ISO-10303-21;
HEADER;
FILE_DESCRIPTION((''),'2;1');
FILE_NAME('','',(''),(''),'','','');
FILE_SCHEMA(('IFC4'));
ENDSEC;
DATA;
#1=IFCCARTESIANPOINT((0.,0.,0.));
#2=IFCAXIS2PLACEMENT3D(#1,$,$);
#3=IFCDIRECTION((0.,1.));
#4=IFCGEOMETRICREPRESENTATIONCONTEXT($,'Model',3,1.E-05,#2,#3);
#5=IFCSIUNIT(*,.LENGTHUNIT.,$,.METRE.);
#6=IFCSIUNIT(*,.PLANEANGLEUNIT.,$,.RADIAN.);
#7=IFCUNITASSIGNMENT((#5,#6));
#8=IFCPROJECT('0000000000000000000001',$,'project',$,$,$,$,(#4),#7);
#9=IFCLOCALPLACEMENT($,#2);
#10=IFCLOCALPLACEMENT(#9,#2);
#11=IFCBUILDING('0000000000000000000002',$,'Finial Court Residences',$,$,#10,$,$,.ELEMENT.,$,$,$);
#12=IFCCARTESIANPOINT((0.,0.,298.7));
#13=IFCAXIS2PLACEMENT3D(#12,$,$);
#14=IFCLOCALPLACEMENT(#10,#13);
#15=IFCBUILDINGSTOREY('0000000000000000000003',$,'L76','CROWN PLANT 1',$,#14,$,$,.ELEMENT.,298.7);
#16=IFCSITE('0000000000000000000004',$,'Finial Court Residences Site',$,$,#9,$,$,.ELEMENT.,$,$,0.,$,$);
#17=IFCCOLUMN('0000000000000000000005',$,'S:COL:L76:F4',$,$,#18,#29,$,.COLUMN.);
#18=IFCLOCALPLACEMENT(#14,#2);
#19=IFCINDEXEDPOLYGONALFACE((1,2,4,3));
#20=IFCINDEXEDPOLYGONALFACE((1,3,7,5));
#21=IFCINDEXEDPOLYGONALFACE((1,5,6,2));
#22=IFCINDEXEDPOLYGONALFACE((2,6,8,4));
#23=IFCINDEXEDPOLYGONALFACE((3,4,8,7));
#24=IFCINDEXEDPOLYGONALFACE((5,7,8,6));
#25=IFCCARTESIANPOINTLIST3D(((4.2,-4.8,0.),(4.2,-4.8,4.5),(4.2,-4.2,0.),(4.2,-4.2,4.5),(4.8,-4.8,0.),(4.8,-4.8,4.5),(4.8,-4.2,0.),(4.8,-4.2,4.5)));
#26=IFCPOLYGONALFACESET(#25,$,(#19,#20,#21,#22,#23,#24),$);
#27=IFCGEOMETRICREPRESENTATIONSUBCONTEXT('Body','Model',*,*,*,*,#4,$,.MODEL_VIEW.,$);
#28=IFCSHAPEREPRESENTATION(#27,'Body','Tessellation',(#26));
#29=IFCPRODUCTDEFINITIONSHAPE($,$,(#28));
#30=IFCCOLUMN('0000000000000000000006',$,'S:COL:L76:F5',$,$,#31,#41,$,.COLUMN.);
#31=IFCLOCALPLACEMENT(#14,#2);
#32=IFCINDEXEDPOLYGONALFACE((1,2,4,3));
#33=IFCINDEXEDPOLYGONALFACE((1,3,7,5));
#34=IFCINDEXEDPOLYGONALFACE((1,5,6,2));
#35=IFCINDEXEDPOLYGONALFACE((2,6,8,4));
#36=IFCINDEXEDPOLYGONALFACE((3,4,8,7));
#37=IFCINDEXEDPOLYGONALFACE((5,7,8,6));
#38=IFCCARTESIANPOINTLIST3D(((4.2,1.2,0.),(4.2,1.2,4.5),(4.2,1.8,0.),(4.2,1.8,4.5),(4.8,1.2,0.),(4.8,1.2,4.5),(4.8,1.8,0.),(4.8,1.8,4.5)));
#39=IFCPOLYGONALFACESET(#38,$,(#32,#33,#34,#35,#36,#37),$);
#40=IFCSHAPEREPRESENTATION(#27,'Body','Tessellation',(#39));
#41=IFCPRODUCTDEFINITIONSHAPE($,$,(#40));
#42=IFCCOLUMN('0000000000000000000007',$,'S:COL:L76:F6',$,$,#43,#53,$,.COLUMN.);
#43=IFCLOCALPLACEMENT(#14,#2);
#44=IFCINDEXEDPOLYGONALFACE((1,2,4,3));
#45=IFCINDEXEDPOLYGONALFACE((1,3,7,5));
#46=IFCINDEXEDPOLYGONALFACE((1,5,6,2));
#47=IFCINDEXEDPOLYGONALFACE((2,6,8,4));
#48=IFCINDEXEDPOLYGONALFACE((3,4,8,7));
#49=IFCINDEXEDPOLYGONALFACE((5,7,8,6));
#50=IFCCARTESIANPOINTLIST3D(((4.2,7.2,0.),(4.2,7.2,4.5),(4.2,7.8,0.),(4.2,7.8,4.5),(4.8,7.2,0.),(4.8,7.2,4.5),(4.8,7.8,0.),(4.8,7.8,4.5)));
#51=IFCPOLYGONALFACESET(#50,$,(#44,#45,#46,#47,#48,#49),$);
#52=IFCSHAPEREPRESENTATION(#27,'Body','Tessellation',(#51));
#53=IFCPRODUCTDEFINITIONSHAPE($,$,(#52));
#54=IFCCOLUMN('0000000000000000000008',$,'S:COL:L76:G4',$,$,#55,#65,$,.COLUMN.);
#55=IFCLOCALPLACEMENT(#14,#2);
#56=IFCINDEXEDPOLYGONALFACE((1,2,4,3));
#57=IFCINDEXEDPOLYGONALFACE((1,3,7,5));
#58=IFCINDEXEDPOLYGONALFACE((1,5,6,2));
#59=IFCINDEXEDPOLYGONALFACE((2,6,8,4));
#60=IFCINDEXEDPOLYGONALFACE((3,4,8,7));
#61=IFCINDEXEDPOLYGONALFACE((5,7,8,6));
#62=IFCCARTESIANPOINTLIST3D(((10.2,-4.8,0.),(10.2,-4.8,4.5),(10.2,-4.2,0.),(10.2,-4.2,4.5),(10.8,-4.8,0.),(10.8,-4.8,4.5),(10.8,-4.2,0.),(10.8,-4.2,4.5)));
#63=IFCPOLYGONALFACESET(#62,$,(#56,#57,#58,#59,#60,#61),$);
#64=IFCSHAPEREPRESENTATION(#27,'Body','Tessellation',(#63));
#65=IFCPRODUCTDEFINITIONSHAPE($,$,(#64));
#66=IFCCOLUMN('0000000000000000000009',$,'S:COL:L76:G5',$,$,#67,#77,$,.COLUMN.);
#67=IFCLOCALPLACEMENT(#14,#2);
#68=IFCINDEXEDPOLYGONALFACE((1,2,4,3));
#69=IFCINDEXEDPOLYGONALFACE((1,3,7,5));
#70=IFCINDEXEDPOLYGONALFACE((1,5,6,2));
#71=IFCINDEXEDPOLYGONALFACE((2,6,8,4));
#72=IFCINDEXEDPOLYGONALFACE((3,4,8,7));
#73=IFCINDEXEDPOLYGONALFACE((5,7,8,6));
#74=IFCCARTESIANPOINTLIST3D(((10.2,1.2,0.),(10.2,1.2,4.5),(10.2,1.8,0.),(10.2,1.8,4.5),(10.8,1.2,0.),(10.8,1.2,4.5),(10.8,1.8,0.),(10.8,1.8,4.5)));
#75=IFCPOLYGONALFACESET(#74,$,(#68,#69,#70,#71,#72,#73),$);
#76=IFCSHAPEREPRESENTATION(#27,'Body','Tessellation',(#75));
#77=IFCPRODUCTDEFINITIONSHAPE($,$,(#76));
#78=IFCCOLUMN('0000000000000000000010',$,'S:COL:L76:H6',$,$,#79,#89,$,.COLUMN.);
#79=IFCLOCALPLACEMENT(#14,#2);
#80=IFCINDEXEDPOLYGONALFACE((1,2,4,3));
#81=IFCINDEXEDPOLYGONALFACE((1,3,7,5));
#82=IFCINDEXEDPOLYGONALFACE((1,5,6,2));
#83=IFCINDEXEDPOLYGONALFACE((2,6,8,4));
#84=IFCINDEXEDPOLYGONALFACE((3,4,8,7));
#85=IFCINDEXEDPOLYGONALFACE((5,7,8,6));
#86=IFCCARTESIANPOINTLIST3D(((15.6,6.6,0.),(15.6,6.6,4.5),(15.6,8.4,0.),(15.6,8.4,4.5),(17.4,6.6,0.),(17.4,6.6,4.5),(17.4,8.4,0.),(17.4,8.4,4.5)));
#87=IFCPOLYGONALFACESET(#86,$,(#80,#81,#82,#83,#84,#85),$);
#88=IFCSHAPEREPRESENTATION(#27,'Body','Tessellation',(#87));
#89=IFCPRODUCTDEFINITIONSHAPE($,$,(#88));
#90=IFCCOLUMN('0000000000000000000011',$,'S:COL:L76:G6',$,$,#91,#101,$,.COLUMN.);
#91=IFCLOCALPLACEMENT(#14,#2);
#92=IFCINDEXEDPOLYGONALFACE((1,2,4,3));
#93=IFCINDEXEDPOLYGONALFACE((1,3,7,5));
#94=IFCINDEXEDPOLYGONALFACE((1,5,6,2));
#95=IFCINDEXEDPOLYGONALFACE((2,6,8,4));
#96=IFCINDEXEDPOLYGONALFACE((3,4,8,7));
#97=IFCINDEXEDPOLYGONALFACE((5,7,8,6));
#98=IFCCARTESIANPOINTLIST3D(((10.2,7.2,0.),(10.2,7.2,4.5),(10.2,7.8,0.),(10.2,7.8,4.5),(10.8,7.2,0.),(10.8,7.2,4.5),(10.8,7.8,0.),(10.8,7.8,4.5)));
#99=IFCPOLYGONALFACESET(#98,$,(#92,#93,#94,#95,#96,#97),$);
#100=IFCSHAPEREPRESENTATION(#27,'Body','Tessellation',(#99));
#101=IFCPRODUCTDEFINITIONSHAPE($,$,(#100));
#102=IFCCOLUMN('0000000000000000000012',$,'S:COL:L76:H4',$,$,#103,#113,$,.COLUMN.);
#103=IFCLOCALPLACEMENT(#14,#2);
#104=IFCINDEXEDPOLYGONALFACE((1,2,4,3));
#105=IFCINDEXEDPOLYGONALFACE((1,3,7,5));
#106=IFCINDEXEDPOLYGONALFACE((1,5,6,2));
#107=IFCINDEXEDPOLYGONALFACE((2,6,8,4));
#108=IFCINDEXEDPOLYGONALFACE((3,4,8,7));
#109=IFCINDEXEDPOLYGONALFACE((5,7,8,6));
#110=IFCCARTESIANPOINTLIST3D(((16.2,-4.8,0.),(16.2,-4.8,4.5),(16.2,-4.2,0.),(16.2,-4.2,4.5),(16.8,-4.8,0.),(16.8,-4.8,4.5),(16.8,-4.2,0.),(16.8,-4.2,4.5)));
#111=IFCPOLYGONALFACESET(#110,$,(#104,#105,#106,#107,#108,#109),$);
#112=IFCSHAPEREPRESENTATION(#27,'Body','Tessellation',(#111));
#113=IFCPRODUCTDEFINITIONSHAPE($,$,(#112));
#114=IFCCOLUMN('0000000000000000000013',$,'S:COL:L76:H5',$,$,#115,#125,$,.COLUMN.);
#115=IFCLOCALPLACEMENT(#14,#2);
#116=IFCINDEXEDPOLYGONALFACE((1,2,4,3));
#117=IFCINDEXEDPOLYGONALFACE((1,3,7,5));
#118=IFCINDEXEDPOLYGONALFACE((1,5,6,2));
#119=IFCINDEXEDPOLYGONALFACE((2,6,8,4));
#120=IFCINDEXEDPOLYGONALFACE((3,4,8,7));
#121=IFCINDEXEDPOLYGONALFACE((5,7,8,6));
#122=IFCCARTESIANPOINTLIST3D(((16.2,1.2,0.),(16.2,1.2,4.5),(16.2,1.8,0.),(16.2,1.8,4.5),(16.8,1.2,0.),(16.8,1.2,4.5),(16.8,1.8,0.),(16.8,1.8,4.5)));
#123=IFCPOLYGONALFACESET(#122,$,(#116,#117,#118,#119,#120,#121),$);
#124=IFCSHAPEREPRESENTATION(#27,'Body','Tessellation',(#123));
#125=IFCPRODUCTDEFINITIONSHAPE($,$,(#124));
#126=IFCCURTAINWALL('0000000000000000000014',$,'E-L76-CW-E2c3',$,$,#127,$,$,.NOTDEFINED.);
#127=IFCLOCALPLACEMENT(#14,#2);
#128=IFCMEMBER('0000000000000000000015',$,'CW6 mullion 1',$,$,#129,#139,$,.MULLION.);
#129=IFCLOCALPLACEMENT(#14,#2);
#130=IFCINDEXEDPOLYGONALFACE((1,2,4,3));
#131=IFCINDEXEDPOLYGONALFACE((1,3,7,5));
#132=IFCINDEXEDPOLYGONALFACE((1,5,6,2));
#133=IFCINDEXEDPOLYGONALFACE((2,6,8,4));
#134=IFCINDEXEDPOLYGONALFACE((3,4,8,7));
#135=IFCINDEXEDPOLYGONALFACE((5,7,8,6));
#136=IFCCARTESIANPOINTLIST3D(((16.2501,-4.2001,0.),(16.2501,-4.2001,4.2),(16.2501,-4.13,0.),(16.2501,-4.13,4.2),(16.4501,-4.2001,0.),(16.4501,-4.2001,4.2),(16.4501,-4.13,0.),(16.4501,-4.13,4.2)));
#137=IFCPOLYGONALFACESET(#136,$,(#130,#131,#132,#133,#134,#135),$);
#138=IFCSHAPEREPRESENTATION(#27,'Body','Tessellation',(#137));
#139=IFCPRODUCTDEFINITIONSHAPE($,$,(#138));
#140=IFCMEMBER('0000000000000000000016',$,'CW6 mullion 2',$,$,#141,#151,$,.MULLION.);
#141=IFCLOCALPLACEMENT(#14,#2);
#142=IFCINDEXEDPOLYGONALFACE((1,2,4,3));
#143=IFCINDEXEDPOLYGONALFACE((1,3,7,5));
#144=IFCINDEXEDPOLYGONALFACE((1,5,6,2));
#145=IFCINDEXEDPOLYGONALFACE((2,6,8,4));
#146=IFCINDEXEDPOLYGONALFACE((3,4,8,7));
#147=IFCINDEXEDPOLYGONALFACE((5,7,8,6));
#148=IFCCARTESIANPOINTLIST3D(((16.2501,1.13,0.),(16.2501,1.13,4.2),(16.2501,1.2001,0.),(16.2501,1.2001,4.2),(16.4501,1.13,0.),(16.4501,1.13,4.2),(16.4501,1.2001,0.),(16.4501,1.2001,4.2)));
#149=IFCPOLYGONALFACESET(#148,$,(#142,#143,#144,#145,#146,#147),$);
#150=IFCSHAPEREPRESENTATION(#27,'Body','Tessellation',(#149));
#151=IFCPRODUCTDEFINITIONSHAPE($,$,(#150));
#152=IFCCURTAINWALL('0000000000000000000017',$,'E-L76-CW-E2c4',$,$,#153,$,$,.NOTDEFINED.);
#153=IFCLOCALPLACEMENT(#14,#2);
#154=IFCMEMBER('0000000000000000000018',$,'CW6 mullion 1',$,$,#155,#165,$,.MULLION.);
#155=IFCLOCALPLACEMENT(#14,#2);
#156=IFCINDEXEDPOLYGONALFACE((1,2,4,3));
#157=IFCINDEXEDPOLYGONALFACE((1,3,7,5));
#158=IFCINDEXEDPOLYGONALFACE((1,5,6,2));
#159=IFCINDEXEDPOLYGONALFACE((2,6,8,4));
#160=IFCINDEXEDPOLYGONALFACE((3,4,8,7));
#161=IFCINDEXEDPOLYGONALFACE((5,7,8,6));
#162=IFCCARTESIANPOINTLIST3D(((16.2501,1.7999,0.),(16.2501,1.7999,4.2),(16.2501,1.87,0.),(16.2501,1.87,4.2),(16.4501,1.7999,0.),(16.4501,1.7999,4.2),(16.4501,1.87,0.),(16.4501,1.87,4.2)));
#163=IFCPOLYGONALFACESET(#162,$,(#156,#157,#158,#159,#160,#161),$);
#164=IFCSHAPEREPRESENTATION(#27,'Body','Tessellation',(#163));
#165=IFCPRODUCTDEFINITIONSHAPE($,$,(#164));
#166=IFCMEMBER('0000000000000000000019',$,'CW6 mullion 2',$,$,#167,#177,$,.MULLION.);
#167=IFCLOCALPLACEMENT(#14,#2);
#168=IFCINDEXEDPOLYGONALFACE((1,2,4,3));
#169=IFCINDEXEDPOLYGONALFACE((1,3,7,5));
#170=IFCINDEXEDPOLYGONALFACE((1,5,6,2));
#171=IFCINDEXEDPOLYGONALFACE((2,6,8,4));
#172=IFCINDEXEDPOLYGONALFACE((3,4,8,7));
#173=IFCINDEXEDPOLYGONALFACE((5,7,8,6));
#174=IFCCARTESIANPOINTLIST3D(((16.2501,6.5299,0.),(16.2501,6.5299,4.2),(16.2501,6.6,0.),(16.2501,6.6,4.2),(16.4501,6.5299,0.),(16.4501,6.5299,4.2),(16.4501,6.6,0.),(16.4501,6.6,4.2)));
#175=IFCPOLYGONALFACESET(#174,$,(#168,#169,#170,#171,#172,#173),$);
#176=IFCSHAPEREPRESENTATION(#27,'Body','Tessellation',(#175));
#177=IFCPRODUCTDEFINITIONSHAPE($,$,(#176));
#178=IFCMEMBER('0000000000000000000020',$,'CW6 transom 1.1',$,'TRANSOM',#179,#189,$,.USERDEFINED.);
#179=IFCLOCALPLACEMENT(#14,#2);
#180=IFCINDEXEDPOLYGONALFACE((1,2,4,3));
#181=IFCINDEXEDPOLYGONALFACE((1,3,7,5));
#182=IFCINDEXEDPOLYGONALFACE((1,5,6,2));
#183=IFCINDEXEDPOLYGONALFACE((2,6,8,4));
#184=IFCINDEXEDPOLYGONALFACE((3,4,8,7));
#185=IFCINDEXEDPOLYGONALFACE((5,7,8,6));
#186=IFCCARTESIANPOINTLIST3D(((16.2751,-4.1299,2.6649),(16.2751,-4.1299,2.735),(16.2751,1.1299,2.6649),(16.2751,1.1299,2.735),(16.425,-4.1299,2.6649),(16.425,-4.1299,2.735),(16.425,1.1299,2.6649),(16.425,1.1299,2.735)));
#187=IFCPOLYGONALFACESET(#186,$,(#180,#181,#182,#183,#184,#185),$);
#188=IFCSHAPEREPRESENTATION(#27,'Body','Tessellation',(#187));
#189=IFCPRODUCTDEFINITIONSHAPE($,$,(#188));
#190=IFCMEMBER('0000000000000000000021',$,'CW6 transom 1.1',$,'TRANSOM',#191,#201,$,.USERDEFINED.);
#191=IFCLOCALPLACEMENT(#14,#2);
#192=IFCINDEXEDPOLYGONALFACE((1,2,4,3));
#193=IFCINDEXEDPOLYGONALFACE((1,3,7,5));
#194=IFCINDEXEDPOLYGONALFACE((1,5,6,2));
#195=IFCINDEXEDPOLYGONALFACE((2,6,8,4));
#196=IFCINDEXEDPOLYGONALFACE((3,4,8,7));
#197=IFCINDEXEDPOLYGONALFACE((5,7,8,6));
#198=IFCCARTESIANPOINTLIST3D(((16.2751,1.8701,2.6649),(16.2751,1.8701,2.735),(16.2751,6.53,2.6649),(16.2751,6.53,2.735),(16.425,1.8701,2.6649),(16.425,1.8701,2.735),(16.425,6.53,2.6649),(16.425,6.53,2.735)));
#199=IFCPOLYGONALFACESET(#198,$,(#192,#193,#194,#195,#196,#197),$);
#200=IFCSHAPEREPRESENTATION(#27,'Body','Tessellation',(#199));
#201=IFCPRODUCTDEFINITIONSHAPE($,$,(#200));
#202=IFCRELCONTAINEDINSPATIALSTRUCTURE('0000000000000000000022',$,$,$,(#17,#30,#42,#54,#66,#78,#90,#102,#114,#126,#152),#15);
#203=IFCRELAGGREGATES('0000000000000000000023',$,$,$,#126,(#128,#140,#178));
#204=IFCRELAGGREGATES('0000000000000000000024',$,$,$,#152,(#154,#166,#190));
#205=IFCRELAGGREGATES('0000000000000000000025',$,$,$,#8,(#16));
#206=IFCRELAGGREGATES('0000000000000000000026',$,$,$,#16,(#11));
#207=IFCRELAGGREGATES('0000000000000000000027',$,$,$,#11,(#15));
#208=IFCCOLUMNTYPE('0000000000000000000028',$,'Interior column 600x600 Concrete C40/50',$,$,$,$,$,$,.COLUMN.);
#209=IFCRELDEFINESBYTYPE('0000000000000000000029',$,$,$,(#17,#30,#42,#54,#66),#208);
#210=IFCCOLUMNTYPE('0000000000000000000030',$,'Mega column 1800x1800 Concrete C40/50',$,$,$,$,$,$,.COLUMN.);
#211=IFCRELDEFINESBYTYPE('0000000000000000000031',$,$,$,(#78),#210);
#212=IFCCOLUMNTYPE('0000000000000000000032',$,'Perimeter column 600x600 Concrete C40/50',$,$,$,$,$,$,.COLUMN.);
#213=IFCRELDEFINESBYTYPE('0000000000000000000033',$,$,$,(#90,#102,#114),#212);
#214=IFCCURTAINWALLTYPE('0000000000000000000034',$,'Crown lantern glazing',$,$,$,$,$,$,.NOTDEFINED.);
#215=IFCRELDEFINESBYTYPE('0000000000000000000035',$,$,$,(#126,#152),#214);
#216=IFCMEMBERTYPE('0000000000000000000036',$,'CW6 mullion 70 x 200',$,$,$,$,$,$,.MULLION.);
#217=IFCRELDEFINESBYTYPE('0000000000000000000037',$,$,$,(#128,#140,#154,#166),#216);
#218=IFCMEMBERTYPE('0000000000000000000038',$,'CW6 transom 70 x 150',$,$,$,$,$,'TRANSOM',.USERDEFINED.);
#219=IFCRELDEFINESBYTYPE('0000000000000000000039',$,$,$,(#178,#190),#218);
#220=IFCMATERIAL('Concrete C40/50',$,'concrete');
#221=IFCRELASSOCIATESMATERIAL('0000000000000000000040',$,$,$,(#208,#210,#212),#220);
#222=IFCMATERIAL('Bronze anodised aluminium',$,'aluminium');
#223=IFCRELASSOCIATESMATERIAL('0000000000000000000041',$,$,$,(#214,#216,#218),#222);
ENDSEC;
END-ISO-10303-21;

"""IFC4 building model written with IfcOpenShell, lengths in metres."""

from ifc_helpers import new_model, si_unit, direction, frame, origin, origin_2d, place, context, subcontext, project, spatial, rectangle, extrude, material, material_profile, profile_set, type_object, element, aggregate, save


model = new_model("IFC4")

# Units and contexts
model_context = context("Model", 3, precision=1e-05, world=origin(), true_north=direction((0.0, 1.0)))
body_context = subcontext(model_context, "Body", "Model", "MODEL_VIEW")
ifc_project = project(units=[si_unit("LENGTHUNIT", "METRE"), si_unit("PLANEANGLEUNIT", "RADIAN")], contexts=[model_context])

# Site, building, storey
site_placement = place(None, origin())
site = spatial("IfcSite", under=ifc_project, at=site_placement, Name="Finial Court Residences Site", CompositionType="ELEMENT", RefElevation=0.0)
building_placement = place(site_placement, origin())
building = spatial("IfcBuilding", under=site, at=building_placement, Name="Finial Court Residences", CompositionType="ELEMENT")
storey_placement = place(building_placement, frame((0.0, 0.0, 298.7)))
storey = spatial("IfcBuildingStorey", under=building, at=storey_placement, Name="L76", Description="CROWN PLANT 1", CompositionType="ELEMENT", Elevation=298.7)

# Columns
ifc_material_1 = material(Name="Concrete C40/50", Category="concrete")
ifc_material_profile_1 = material_profile(ifc_material_1, rectangle(XDim=0.6001, YDim=0.6001, at=origin_2d()), Name="600x600")
ifc_profile_set_1 = profile_set([ifc_material_profile_1], Name="Concrete C40/50")
column_type_1 = type_object("IfcColumnType", Name="Interior column 600x600 Concrete C40/50", PredefinedType="COLUMN", material=ifc_profile_set_1)
for number, where, z_axis, x_axis, name in (
    (1, (4.5, -4.5, 0.0), (0.0, 0.0, 1.0), (1.0, 0.0, 0.0), "S:COL:L76:F4"),
    (2, (4.5, 1.5, 0.0), (0.0, 0.0, 1.0), (1.0, 0.0, 0.0), "S:COL:L76:F5"),
    (3, (4.5, 7.5, 0.0), (0.0, 0.0, 1.0), (1.0, 0.0, 0.0), "S:COL:L76:F6"),
    (4, (10.5, -4.5, 0.0), (0.0, 0.0, 1.0), (1.0, 0.0, 0.0), "S:COL:L76:G4"),
    (5, (10.5, 1.5, 0.0), (0.0, 0.0, 1.0), (1.0, 0.0, 0.0), "S:COL:L76:G5"),
):
    element("IfcColumn", number, at=place(storey_placement, frame(where, z_axis=z_axis, x_axis=x_axis)), inside=storey, type_object=column_type_1, Name=name, PredefinedType="COLUMN", context=body_context, shape_type="SweptSolid", body=[
        extrude(rectangle(XDim=0.6001, YDim=0.6001, at=origin_2d()), origin(), (0.0, 0.0, 1.0), 4.5),
    ])
ifc_material_profile_2 = material_profile(ifc_material_1, rectangle(XDim=1.8, YDim=1.8, at=origin_2d()), Name="1800x1800")
ifc_profile_set_2 = profile_set([ifc_material_profile_2], Name="Concrete C40/50")
column_type_2 = type_object("IfcColumnType", Name="Mega column 1800x1800 Concrete C40/50", PredefinedType="COLUMN", material=ifc_profile_set_2)
column_placement = place(storey_placement, frame((16.5, 7.5, 0.0), z_axis=(0.0, 0.0, 1.0), x_axis=(1.0, 0.0, 0.0)))
element("IfcColumn", 6, at=column_placement, inside=storey, type_object=column_type_2, Name="S:COL:L76:H6", PredefinedType="COLUMN", context=body_context, shape_type="SweptSolid", body=[
    extrude(rectangle(XDim=1.8, YDim=1.8, at=origin_2d()), origin(), (0.0, 0.0, 1.0), 4.5),
])
ifc_material_profile_3 = material_profile(ifc_material_1, rectangle(XDim=0.6001, YDim=0.6001, at=origin_2d()), Name="600x600")
ifc_profile_set_3 = profile_set([ifc_material_profile_3], Name="Concrete C40/50")
column_type_3 = type_object("IfcColumnType", Name="Perimeter column 600x600 Concrete C40/50", PredefinedType="COLUMN", material=ifc_profile_set_3)
for number, where, z_axis, x_axis, name in (
    (7, (10.5, 7.5, 0.0), (0.0, 0.0, 1.0), (1.0, 0.0, 0.0), "S:COL:L76:G6"),
    (8, (16.5, -4.5, 0.0), (0.0, 0.0, 1.0), (1.0, 0.0, 0.0), "S:COL:L76:H4"),
    (9, (16.5, 1.5, 0.0), (0.0, 0.0, 1.0), (1.0, 0.0, 0.0), "S:COL:L76:H5"),
):
    element("IfcColumn", number, at=place(storey_placement, frame(where, z_axis=z_axis, x_axis=x_axis)), inside=storey, type_object=column_type_3, Name=name, PredefinedType="COLUMN", context=body_context, shape_type="SweptSolid", body=[
        extrude(rectangle(XDim=0.6001, YDim=0.6001, at=origin_2d()), origin(), (0.0, 0.0, 1.0), 4.5),
    ])

# Curtain walls, members
ifc_material_2 = material(Name="Bronze anodised aluminium", Category="aluminium")
curtain_wall_type = type_object("IfcCurtainWallType", Name="Crown lantern glazing", PredefinedType="NOTDEFINED", material=ifc_material_2)
curtain_wall_1_placement = place(storey_placement, origin())
curtain_wall_1 = element("IfcCurtainWall", 10, at=curtain_wall_1_placement, inside=storey, type_object=curtain_wall_type, Name="E-L76-CW-E2c3", PredefinedType="NOTDEFINED")
ifc_material_profile_4 = material_profile(ifc_material_2, rectangle(XDim=0.2, YDim=0.0701, at=origin_2d()), Name="CW6 mullion 70 x 200")
ifc_profile_set_4 = profile_set([ifc_material_profile_4], Name="Bronze anodised aluminium")
member_type_1 = type_object("IfcMemberType", Name="CW6 mullion 70 x 200", PredefinedType="MULLION", material=ifc_profile_set_4)
member_1_placement = place(storey_placement, frame((16.3501, -4.165, 0.0), z_axis=(0.0, 0.0, 1.0), x_axis=(-1.0, 0.0, 0.0)))
member_1 = element("IfcMember", 11, at=member_1_placement, type_object=member_type_1, Name="CW6 mullion 1", PredefinedType="MULLION", context=body_context, shape_type="SweptSolid", body=[
    extrude(rectangle(XDim=0.2, YDim=0.0701, at=origin_2d()), origin(), (0.0, 0.0, 1.0), 4.2),
])
member_2_placement = place(storey_placement, frame((16.3501, 1.165, 0.0), z_axis=(0.0, 0.0, 1.0), x_axis=(-1.0, 0.0, 0.0)))
member_2 = element("IfcMember", 12, at=member_2_placement, type_object=member_type_1, Name="CW6 mullion 2", PredefinedType="MULLION", context=body_context, shape_type="SweptSolid", body=[
    extrude(rectangle(XDim=0.2, YDim=0.0701, at=origin_2d()), origin(), (0.0, 0.0, 1.0), 4.2),
])
curtain_wall_2_placement = place(storey_placement, origin())
curtain_wall_2 = element("IfcCurtainWall", 13, at=curtain_wall_2_placement, inside=storey, type_object=curtain_wall_type, Name="E-L76-CW-E2c4", PredefinedType="NOTDEFINED")
member_3_placement = place(storey_placement, frame((16.3501, 1.835, 0.0), z_axis=(0.0, 0.0, 1.0), x_axis=(-1.0, 0.0, 0.0)))
member_3 = element("IfcMember", 14, at=member_3_placement, type_object=member_type_1, Name="CW6 mullion 1", PredefinedType="MULLION", context=body_context, shape_type="SweptSolid", body=[
    extrude(rectangle(XDim=0.2, YDim=0.0701, at=origin_2d()), origin(), (0.0, 0.0, 1.0), 4.2),
])
member_4_placement = place(storey_placement, frame((16.3501, 6.5649, 0.0), z_axis=(0.0, 0.0, 1.0), x_axis=(-1.0, 0.0, 0.0)))
member_4 = element("IfcMember", 15, at=member_4_placement, type_object=member_type_1, Name="CW6 mullion 2", PredefinedType="MULLION", context=body_context, shape_type="SweptSolid", body=[
    extrude(rectangle(XDim=0.2, YDim=0.0701, at=origin_2d()), origin(), (0.0, 0.0, 1.0), 4.2),
])

# Members
ifc_material_profile_5 = material_profile(ifc_material_2, rectangle(XDim=0.1499, YDim=0.0701, at=origin_2d()), Name="CW6 transom 70 x 150")
ifc_profile_set_5 = profile_set([ifc_material_profile_5], Name="Bronze anodised aluminium")
member_type_2 = type_object("IfcMemberType", Name="CW6 transom 70 x 150", ElementType="TRANSOM", PredefinedType="USERDEFINED", material=ifc_profile_set_5)
member_5_placement = place(storey_placement, frame((16.3501, -4.1299, 2.7), z_axis=(0.0, 1.0, 0.0), x_axis=(-1.0, 0.0, 0.0)))
member_5 = element("IfcMember", 16, at=member_5_placement, type_object=member_type_2, Name="CW6 transom 1.1", ObjectType="TRANSOM", PredefinedType="USERDEFINED", context=body_context, shape_type="SweptSolid", body=[
    extrude(rectangle(XDim=0.1499, YDim=0.0701, at=origin_2d()), origin(), (0.0, 0.0, 1.0), 5.2598),
])
member_6_placement = place(storey_placement, frame((16.3501, 1.8701, 2.7), z_axis=(0.0, 1.0, 0.0), x_axis=(-1.0, 0.0, 0.0)))
member_6 = element("IfcMember", 17, at=member_6_placement, type_object=member_type_2, Name="CW6 transom 1.1", ObjectType="TRANSOM", PredefinedType="USERDEFINED", context=body_context, shape_type="SweptSolid", body=[
    extrude(rectangle(XDim=0.1499, YDim=0.0701, at=origin_2d()), origin(), (0.0, 0.0, 1.0), 4.6599),
])

aggregate(curtain_wall_1, [member_1, member_2, member_5])
aggregate(curtain_wall_2, [member_3, member_4, member_6])

save(model, "model.ifc")
